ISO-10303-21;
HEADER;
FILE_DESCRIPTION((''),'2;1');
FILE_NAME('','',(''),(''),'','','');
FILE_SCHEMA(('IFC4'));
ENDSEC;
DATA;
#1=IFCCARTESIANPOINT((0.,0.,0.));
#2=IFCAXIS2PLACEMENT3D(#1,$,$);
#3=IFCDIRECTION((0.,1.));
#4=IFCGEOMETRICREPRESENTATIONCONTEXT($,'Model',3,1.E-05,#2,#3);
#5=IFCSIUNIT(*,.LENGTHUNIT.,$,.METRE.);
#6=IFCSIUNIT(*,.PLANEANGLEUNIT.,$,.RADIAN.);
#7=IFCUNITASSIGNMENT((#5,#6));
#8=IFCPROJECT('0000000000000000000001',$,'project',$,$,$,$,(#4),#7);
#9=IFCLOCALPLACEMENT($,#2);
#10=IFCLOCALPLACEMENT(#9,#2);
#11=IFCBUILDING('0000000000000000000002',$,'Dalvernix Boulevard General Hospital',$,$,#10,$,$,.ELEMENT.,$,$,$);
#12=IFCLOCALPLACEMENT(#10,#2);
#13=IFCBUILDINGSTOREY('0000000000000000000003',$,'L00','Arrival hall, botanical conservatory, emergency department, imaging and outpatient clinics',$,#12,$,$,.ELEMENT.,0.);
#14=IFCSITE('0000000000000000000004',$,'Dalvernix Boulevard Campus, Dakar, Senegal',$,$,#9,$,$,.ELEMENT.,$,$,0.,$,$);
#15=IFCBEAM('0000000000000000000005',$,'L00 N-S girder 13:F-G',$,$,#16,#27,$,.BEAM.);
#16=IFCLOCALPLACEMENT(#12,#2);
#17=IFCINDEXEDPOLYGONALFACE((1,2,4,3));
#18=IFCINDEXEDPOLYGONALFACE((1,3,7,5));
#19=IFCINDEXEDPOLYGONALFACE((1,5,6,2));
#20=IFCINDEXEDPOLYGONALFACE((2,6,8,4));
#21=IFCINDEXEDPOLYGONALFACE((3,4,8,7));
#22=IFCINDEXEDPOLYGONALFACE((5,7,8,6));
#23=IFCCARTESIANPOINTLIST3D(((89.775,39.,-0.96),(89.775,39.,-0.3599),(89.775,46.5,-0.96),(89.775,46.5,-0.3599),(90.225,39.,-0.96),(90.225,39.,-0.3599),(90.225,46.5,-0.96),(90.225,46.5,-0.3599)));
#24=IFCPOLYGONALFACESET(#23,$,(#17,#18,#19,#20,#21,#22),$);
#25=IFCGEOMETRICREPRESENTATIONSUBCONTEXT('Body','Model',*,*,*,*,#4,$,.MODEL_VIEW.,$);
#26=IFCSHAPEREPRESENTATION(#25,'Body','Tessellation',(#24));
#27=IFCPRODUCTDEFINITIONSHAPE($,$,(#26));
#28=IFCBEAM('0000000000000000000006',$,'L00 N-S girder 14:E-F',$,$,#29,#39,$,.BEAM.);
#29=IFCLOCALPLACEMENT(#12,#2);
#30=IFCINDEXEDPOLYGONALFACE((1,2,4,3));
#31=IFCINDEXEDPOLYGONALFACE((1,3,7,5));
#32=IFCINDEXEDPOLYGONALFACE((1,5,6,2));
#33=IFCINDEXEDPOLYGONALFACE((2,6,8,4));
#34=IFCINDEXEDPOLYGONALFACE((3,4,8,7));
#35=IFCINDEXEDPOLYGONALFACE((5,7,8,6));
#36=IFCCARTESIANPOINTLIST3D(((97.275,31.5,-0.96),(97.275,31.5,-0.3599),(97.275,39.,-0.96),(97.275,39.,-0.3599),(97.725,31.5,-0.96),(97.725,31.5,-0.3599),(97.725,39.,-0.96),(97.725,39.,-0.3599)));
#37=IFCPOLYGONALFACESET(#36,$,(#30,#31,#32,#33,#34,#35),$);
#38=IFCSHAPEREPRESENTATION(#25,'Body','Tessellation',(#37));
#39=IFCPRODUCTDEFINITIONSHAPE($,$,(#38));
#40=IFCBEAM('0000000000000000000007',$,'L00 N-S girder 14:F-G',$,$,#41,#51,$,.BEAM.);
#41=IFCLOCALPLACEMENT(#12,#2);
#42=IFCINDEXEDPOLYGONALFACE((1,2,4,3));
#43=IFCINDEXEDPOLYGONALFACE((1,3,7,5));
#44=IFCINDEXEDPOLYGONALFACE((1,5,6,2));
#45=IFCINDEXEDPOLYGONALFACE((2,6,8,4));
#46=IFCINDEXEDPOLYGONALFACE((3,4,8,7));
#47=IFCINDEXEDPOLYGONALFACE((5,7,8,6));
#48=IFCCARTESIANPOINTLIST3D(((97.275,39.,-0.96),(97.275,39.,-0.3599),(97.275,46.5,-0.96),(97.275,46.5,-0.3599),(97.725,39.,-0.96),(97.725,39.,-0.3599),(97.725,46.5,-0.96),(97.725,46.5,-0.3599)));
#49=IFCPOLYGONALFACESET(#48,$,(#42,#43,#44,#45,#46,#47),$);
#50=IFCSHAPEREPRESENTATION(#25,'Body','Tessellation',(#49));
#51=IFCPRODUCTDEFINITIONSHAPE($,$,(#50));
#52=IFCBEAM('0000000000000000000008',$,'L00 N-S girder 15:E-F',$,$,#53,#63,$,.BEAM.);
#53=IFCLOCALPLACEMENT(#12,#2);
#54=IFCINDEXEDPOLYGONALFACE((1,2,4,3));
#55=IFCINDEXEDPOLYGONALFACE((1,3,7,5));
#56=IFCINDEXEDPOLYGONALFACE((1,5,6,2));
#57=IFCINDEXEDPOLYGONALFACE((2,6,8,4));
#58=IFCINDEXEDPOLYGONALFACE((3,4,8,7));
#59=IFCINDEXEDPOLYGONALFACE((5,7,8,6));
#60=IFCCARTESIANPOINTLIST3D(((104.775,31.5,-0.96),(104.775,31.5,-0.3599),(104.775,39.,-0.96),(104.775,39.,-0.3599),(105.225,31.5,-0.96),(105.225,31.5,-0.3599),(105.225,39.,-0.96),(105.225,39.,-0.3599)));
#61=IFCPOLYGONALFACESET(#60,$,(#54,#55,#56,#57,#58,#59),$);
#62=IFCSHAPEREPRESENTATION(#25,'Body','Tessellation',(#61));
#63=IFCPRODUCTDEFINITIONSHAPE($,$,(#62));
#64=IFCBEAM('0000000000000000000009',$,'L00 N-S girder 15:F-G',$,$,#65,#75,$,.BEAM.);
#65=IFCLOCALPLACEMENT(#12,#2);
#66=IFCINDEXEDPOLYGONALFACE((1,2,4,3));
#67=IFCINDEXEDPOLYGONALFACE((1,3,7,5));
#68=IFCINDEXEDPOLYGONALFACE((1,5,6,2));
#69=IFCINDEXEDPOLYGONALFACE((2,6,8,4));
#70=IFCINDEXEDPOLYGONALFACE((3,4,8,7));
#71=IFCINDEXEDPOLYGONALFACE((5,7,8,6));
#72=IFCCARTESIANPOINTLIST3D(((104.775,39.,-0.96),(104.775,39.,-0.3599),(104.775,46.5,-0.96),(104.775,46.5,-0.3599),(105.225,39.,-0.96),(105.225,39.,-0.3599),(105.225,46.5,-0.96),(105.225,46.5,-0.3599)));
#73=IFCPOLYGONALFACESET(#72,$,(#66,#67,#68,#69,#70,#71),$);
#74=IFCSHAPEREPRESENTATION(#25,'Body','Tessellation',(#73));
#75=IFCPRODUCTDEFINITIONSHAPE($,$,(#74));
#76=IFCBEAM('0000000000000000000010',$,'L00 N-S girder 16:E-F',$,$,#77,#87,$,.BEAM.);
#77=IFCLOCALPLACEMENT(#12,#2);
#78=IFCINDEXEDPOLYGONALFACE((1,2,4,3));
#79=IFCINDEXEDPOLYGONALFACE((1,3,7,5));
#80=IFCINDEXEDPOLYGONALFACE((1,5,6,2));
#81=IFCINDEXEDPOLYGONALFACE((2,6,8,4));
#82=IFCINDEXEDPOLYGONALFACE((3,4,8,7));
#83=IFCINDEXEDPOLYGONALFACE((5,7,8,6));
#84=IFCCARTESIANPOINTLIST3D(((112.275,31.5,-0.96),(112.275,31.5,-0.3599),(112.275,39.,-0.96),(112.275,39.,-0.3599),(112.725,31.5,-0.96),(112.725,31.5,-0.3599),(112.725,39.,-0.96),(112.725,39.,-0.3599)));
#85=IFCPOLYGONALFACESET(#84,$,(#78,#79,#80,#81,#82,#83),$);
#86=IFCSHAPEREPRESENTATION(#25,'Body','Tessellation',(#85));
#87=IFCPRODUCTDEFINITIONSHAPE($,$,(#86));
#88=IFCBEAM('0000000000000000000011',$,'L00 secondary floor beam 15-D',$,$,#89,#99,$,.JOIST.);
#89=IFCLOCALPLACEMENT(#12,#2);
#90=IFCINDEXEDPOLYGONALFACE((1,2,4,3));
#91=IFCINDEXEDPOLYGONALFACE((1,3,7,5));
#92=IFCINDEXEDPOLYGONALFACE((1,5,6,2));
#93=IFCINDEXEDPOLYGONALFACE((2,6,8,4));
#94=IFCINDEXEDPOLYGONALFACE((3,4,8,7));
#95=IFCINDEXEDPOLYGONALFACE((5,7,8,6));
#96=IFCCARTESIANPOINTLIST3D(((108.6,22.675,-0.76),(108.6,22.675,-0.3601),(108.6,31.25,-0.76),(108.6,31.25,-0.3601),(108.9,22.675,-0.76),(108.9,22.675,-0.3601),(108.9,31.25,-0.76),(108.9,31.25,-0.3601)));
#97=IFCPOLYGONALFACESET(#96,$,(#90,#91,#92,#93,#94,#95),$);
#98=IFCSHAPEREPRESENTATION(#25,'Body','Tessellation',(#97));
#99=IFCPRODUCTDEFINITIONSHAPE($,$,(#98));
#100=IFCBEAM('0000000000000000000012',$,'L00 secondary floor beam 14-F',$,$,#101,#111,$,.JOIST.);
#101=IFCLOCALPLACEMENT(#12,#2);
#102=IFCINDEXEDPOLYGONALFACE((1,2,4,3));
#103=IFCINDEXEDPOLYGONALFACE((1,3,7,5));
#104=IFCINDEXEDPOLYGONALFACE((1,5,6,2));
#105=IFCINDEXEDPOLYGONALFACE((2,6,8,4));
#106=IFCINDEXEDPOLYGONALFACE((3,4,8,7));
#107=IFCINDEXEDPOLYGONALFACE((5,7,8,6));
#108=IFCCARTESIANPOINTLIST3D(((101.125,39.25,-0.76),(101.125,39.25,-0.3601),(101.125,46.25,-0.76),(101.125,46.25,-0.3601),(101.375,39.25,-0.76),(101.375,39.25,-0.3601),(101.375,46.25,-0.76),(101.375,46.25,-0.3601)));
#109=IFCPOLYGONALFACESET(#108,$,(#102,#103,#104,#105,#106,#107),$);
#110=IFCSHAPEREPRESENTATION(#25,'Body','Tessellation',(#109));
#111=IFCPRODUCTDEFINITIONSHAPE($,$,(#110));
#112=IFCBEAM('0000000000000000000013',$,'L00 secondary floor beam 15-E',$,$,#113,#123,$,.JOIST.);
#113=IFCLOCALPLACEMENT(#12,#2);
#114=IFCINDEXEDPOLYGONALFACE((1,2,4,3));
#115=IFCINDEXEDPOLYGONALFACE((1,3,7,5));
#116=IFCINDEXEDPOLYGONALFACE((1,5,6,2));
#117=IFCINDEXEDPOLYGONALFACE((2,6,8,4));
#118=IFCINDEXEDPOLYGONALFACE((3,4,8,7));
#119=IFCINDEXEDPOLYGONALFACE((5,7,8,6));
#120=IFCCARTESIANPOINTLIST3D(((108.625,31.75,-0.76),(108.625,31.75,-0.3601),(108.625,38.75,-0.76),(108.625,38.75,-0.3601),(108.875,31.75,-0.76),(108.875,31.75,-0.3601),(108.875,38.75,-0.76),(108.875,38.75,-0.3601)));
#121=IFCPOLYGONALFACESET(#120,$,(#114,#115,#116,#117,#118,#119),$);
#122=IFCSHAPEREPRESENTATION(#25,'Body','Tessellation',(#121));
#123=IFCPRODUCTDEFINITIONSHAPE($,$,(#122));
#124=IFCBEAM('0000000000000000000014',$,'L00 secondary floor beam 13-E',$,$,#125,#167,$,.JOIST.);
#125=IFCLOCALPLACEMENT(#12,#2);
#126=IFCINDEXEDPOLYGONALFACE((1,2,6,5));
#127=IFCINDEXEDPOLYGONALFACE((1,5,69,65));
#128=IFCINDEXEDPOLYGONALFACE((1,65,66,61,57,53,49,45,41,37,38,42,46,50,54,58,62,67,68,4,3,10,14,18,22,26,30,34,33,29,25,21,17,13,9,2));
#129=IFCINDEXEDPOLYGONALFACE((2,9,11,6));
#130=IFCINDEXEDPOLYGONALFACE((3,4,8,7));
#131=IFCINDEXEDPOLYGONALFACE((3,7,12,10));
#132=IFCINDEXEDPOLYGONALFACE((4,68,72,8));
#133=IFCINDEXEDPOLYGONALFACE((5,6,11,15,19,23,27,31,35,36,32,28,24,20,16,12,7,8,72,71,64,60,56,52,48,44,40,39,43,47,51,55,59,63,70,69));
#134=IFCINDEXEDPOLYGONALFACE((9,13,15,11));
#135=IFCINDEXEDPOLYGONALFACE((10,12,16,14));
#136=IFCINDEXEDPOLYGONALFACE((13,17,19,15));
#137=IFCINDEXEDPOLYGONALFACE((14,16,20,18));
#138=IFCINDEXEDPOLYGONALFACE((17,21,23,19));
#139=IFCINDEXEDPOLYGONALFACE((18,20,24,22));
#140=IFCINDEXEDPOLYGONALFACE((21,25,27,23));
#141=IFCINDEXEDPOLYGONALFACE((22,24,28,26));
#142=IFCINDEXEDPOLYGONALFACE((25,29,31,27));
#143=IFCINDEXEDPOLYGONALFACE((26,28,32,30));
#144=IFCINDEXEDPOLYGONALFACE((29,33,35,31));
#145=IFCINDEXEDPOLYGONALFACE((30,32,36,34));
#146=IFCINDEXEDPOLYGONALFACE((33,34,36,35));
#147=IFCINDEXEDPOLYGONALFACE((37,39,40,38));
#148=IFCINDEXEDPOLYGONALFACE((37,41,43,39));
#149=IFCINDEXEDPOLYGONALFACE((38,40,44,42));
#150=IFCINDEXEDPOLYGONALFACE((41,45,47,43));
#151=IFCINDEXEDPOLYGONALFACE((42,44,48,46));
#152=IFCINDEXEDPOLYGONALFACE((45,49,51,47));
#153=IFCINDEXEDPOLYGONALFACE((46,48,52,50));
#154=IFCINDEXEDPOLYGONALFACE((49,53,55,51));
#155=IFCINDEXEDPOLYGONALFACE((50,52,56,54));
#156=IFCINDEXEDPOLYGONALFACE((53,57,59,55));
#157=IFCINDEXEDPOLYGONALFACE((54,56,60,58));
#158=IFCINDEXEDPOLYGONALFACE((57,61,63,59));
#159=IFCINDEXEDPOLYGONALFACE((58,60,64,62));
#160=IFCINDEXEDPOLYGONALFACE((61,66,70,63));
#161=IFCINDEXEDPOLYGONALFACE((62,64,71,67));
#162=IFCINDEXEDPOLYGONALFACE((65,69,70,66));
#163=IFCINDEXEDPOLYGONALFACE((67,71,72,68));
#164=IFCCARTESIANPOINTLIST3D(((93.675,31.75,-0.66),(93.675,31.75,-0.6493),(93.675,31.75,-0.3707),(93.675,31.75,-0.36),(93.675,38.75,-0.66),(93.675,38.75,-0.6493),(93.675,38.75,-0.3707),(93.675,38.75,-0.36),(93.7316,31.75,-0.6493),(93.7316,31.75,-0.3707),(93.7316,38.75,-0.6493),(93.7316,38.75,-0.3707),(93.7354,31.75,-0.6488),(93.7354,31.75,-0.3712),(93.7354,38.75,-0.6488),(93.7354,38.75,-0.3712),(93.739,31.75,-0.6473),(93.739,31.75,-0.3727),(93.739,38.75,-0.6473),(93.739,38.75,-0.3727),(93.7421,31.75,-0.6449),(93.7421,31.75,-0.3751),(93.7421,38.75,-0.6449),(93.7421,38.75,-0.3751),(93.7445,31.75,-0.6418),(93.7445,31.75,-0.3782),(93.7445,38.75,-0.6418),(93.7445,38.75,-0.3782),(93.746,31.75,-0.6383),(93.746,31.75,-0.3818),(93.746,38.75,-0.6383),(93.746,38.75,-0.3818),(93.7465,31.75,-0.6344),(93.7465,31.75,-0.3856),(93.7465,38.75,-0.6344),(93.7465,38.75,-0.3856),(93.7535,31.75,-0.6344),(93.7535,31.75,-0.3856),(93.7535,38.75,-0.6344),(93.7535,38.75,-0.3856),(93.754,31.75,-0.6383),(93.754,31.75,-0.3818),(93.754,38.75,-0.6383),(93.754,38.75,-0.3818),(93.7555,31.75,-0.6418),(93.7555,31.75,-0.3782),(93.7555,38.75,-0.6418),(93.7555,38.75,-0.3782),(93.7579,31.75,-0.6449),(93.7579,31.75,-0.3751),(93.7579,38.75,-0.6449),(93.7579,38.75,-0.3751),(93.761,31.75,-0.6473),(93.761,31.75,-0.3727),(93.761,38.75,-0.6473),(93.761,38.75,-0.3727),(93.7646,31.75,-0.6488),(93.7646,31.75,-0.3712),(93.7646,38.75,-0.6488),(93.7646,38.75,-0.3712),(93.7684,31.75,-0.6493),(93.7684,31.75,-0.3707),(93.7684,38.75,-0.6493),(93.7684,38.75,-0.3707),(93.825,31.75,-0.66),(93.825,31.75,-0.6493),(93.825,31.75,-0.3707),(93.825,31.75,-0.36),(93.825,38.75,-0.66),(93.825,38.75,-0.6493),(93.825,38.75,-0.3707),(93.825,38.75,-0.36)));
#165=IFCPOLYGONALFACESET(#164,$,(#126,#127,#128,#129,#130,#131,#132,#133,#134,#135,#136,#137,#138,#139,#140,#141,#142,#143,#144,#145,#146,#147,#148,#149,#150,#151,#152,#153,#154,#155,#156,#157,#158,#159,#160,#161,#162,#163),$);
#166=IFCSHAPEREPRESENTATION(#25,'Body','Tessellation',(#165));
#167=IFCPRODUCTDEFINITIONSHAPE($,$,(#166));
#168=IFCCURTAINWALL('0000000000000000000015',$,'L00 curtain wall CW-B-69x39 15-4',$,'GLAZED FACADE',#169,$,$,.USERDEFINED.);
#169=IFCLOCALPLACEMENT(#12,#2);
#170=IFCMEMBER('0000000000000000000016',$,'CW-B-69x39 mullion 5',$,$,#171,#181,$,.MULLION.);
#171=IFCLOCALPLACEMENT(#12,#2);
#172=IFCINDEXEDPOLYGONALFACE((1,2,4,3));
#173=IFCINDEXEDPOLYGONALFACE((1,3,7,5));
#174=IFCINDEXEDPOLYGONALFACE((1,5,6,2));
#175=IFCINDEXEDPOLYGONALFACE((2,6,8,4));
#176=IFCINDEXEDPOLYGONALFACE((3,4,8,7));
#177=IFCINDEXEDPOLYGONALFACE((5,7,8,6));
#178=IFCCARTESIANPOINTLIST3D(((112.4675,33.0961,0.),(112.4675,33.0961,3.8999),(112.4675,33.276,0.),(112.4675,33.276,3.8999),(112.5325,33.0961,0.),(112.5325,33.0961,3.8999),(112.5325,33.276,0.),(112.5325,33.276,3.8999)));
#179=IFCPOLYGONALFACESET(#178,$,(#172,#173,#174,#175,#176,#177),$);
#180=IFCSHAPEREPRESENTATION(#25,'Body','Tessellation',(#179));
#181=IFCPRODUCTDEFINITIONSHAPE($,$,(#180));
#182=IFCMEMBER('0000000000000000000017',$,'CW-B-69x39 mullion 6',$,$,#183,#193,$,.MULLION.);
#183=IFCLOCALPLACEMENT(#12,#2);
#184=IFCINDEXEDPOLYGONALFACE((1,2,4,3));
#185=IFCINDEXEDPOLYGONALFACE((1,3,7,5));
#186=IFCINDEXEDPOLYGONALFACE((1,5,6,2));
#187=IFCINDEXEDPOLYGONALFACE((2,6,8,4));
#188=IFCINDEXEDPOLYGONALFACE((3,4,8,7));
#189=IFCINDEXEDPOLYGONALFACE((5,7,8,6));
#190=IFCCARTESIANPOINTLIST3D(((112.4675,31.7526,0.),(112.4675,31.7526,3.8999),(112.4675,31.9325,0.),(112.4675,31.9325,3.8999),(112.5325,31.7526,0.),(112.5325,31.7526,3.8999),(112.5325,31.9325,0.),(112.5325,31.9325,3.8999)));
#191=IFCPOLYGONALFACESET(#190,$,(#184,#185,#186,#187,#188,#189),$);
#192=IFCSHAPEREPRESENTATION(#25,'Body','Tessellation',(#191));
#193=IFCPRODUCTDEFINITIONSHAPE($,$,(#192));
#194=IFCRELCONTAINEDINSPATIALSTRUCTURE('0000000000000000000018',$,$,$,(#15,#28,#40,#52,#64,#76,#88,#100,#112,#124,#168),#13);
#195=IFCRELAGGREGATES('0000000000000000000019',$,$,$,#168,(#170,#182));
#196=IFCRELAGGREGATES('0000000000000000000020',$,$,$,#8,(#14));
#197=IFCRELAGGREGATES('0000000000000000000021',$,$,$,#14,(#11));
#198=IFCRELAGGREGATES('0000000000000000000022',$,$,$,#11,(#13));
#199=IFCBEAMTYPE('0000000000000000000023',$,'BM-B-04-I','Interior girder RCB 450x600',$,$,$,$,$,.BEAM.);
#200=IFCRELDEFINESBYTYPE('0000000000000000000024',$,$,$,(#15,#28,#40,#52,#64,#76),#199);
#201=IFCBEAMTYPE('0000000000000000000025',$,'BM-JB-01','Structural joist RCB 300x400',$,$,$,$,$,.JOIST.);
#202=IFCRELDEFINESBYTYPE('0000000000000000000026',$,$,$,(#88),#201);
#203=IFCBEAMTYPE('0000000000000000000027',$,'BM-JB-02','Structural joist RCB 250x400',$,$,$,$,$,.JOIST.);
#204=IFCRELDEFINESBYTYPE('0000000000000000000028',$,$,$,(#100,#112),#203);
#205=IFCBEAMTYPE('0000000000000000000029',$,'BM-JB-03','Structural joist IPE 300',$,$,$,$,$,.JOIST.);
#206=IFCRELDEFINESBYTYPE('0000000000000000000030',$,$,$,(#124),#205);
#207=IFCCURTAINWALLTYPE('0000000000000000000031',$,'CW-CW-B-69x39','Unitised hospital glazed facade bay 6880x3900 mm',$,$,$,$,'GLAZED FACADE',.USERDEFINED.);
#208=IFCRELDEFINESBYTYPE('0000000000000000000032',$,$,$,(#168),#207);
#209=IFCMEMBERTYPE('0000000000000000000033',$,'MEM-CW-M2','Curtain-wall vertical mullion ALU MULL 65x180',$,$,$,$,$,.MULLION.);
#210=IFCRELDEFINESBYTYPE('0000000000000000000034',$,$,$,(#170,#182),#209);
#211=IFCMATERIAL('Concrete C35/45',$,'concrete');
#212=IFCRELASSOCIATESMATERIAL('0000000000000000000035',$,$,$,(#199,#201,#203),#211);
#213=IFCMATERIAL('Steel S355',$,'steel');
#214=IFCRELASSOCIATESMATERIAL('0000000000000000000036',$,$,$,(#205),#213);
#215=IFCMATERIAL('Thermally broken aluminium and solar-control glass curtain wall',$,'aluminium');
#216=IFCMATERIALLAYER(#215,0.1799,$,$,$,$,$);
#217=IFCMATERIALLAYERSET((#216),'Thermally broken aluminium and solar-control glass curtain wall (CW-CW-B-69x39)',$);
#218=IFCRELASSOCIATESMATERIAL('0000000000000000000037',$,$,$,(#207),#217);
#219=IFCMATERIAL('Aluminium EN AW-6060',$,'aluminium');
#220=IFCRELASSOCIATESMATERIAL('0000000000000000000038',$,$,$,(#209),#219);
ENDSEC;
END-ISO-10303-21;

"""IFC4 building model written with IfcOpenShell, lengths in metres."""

from ifc_helpers import new_model, si_unit, direction, frame, origin, origin_2d, place, context, subcontext, project, spatial, rectangle, i_section, extrude, material, layer, layer_set, material_profile, profile_set, type_object, element, aggregate, save


model = new_model("IFC4")

# Units and contexts
model_context = context("Model", 3, precision=1e-05, world=origin(), true_north=direction((0.0, 1.0)))
body_context = subcontext(model_context, "Body", "Model", "MODEL_VIEW")
ifc_project = project(units=[si_unit("LENGTHUNIT", "METRE"), si_unit("PLANEANGLEUNIT", "RADIAN")], contexts=[model_context])

# Site, building, storey
site_placement = place(None, origin())
site = spatial("IfcSite", under=ifc_project, at=site_placement, Name="Dalvernix Boulevard Campus, Dakar, Senegal", CompositionType="ELEMENT", RefElevation=0.0)
building_placement = place(site_placement, origin())
building = spatial("IfcBuilding", under=site, at=building_placement, Name="Dalvernix Boulevard General Hospital", CompositionType="ELEMENT")
storey_placement = place(building_placement, origin())
storey = spatial("IfcBuildingStorey", under=building, at=storey_placement, Name="L00", Description="Arrival hall, botanical conservatory, emergency department, imaging and outpatient clinics", CompositionType="ELEMENT", Elevation=0.0)

# Shared definitions
ifc_material_1 = material(Name="Steel S355", Category="steel")

# Beams
ifc_material_2 = material(Name="Concrete C35/45", Category="concrete")
ifc_material_profile_1 = material_profile(ifc_material_2, rectangle(XDim=0.45, YDim=0.6001, at=origin_2d()), Name="RCB 450x600")
ifc_profile_set_1 = profile_set([ifc_material_profile_1], Name="Concrete C35/45")
beam_type_1 = type_object("IfcBeamType", Name="BM-B-04-I", Description="Interior girder RCB 450x600", PredefinedType="BEAM", material=ifc_profile_set_1)
for number, where, z_axis, x_axis, name in (
    (1, (90.0, 39.0, -0.6599), (0.0, 1.0, 0.0), (-1.0, 0.0, 0.0), "L00 N-S girder 13:F-G"),
    (2, (97.5, 31.5, -0.6599), (0.0, 1.0, 0.0), (-1.0, 0.0, 0.0), "L00 N-S girder 14:E-F"),
    (3, (97.5, 39.0, -0.6599), (0.0, 1.0, 0.0), (-1.0, 0.0, 0.0), "L00 N-S girder 14:F-G"),
    (4, (105.0, 31.5, -0.6599), (0.0, 1.0, 0.0), (-1.0, 0.0, 0.0), "L00 N-S girder 15:E-F"),
    (5, (105.0, 39.0, -0.6599), (0.0, 1.0, 0.0), (-1.0, 0.0, 0.0), "L00 N-S girder 15:F-G"),
    (6, (112.5, 31.5, -0.6599), (0.0, 1.0, 0.0), (-1.0, 0.0, 0.0), "L00 N-S girder 16:E-F"),
):
    element("IfcBeam", number, at=place(storey_placement, frame(where, z_axis=z_axis, x_axis=x_axis)), inside=storey, type_object=beam_type_1, Name=name, PredefinedType="BEAM", context=body_context, shape_type="SweptSolid", body=[
        extrude(rectangle(XDim=0.45, YDim=0.6001, at=origin_2d()), origin(), (0.0, 0.0, 1.0), 7.5),
    ])
ifc_material_profile_2 = material_profile(ifc_material_2, rectangle(XDim=0.3, YDim=0.3999, at=origin_2d()), Name="RCB 300x400")
ifc_profile_set_2 = profile_set([ifc_material_profile_2], Name="Concrete C35/45")
beam_type_2 = type_object("IfcBeamType", Name="BM-JB-01", Description="Structural joist RCB 300x400", PredefinedType="JOIST", material=ifc_profile_set_2)
beam_1_placement = place(storey_placement, frame((108.75, 22.675, -0.5601), z_axis=(0.0, 1.0, 0.0), x_axis=(-1.0, 0.0, 0.0)))
element("IfcBeam", 7, at=beam_1_placement, inside=storey, type_object=beam_type_2, Name="L00 secondary floor beam 15-D", PredefinedType="JOIST", context=body_context, shape_type="SweptSolid", body=[
    extrude(rectangle(XDim=0.3, YDim=0.3999, at=origin_2d()), origin(), (0.0, 0.0, 1.0), 8.575),
])
ifc_material_profile_3 = material_profile(ifc_material_2, rectangle(XDim=0.25, YDim=0.3999, at=origin_2d()), Name="RCB 250x400")
ifc_profile_set_3 = profile_set([ifc_material_profile_3], Name="Concrete C35/45")
beam_type_3 = type_object("IfcBeamType", Name="BM-JB-02", Description="Structural joist RCB 250x400", PredefinedType="JOIST", material=ifc_profile_set_3)
for number, where, z_axis, x_axis, name in (
    (8, (101.25, 39.25, -0.5601), (0.0, 1.0, 0.0), (-1.0, 0.0, 0.0), "L00 secondary floor beam 14-F"),
    (9, (108.75, 31.75, -0.5601), (0.0, 1.0, 0.0), (-1.0, 0.0, 0.0), "L00 secondary floor beam 15-E"),
):
    element("IfcBeam", number, at=place(storey_placement, frame(where, z_axis=z_axis, x_axis=x_axis)), inside=storey, type_object=beam_type_3, Name=name, PredefinedType="JOIST", context=body_context, shape_type="SweptSolid", body=[
        extrude(rectangle(XDim=0.25, YDim=0.3999, at=origin_2d()), origin(), (0.0, 0.0, 1.0), 7.0),
    ])
ifc_material_profile_4 = material_profile(ifc_material_1, i_section(OverallWidth=0.1499, OverallDepth=0.3, WebThickness=0.0071, FlangeThickness=0.0107, FilletRadius=0.0149, at=origin_2d()), Name="IPE 300")
ifc_profile_set_4 = profile_set([ifc_material_profile_4], Name="Steel S355")
beam_type_4 = type_object("IfcBeamType", Name="BM-JB-03", Description="Structural joist IPE 300", PredefinedType="JOIST", material=ifc_profile_set_4)
beam_2_placement = place(storey_placement, frame((93.75, 31.75, -0.51), z_axis=(0.0, 1.0, 0.0), x_axis=(-1.0, 0.0, 0.0)))
element("IfcBeam", 10, at=beam_2_placement, inside=storey, type_object=beam_type_4, Name="L00 secondary floor beam 13-E", PredefinedType="JOIST", context=body_context, shape_type="SweptSolid", body=[
    extrude(i_section(OverallWidth=0.1499, OverallDepth=0.3, WebThickness=0.0071, FlangeThickness=0.0107, FilletRadius=0.0149, at=origin_2d()), origin(), (0.0, 0.0, 1.0), 7.0),
])

# Curtain wall, members
ifc_material_3 = material(Name="Thermally broken aluminium and solar-control glass curtain wall", Category="aluminium")
ifc_layer_1 = layer(ifc_material_3, 0.1799)
ifc_layer_set_1 = layer_set([ifc_layer_1], Name="Thermally broken aluminium and solar-control glass curtain wall (CW-CW-B-69x39)")
curtain_wall_type = type_object("IfcCurtainWallType", Name="CW-CW-B-69x39", Description="Unitised hospital glazed facade bay 6880x3900 mm", ElementType="GLAZED FACADE", PredefinedType="USERDEFINED", material=ifc_layer_set_1)
curtain_wall_placement = place(storey_placement, origin())
curtain_wall = element("IfcCurtainWall", 11, at=curtain_wall_placement, inside=storey, type_object=curtain_wall_type, Name="L00 curtain wall CW-B-69x39 15-4", ObjectType="GLAZED FACADE", PredefinedType="USERDEFINED")
ifc_material_4 = material(Name="Aluminium EN AW-6060", Category="aluminium")
ifc_material_profile_5 = material_profile(ifc_material_4, rectangle(XDim=0.0649, YDim=0.1799, at=origin_2d()), Name="ALU MULL 65x180")
ifc_profile_set_5 = profile_set([ifc_material_profile_5], Name="Aluminium EN AW-6060")
member_type_1 = type_object("IfcMemberType", Name="MEM-CW-M2", Description="Curtain-wall vertical mullion ALU MULL 65x180", PredefinedType="MULLION", material=ifc_profile_set_5)
member_1_placement = place(storey_placement, frame((112.5, 33.186, 0.0), z_axis=(0.0, 0.0, 1.0), x_axis=(1.0, 0.0, 0.0)))
member_1 = element("IfcMember", 12, at=member_1_placement, type_object=member_type_1, Name="CW-B-69x39 mullion 5", PredefinedType="MULLION", context=body_context, shape_type="SweptSolid", body=[
    extrude(rectangle(XDim=0.0649, YDim=0.1799, at=origin_2d()), origin(), (0.0, 0.0, 1.0), 3.8999),
])
member_2_placement = place(storey_placement, frame((112.5, 31.8425, 0.0), z_axis=(0.0, 0.0, 1.0), x_axis=(1.0, 0.0, 0.0)))
member_2 = element("IfcMember", 13, at=member_2_placement, type_object=member_type_1, Name="CW-B-69x39 mullion 6", PredefinedType="MULLION", context=body_context, shape_type="SweptSolid", body=[
    extrude(rectangle(XDim=0.0649, YDim=0.1799, at=origin_2d()), origin(), (0.0, 0.0, 1.0), 3.8999),
])
aggregate(curtain_wall, [member_1, member_2])

save(model, "model.ifc")
